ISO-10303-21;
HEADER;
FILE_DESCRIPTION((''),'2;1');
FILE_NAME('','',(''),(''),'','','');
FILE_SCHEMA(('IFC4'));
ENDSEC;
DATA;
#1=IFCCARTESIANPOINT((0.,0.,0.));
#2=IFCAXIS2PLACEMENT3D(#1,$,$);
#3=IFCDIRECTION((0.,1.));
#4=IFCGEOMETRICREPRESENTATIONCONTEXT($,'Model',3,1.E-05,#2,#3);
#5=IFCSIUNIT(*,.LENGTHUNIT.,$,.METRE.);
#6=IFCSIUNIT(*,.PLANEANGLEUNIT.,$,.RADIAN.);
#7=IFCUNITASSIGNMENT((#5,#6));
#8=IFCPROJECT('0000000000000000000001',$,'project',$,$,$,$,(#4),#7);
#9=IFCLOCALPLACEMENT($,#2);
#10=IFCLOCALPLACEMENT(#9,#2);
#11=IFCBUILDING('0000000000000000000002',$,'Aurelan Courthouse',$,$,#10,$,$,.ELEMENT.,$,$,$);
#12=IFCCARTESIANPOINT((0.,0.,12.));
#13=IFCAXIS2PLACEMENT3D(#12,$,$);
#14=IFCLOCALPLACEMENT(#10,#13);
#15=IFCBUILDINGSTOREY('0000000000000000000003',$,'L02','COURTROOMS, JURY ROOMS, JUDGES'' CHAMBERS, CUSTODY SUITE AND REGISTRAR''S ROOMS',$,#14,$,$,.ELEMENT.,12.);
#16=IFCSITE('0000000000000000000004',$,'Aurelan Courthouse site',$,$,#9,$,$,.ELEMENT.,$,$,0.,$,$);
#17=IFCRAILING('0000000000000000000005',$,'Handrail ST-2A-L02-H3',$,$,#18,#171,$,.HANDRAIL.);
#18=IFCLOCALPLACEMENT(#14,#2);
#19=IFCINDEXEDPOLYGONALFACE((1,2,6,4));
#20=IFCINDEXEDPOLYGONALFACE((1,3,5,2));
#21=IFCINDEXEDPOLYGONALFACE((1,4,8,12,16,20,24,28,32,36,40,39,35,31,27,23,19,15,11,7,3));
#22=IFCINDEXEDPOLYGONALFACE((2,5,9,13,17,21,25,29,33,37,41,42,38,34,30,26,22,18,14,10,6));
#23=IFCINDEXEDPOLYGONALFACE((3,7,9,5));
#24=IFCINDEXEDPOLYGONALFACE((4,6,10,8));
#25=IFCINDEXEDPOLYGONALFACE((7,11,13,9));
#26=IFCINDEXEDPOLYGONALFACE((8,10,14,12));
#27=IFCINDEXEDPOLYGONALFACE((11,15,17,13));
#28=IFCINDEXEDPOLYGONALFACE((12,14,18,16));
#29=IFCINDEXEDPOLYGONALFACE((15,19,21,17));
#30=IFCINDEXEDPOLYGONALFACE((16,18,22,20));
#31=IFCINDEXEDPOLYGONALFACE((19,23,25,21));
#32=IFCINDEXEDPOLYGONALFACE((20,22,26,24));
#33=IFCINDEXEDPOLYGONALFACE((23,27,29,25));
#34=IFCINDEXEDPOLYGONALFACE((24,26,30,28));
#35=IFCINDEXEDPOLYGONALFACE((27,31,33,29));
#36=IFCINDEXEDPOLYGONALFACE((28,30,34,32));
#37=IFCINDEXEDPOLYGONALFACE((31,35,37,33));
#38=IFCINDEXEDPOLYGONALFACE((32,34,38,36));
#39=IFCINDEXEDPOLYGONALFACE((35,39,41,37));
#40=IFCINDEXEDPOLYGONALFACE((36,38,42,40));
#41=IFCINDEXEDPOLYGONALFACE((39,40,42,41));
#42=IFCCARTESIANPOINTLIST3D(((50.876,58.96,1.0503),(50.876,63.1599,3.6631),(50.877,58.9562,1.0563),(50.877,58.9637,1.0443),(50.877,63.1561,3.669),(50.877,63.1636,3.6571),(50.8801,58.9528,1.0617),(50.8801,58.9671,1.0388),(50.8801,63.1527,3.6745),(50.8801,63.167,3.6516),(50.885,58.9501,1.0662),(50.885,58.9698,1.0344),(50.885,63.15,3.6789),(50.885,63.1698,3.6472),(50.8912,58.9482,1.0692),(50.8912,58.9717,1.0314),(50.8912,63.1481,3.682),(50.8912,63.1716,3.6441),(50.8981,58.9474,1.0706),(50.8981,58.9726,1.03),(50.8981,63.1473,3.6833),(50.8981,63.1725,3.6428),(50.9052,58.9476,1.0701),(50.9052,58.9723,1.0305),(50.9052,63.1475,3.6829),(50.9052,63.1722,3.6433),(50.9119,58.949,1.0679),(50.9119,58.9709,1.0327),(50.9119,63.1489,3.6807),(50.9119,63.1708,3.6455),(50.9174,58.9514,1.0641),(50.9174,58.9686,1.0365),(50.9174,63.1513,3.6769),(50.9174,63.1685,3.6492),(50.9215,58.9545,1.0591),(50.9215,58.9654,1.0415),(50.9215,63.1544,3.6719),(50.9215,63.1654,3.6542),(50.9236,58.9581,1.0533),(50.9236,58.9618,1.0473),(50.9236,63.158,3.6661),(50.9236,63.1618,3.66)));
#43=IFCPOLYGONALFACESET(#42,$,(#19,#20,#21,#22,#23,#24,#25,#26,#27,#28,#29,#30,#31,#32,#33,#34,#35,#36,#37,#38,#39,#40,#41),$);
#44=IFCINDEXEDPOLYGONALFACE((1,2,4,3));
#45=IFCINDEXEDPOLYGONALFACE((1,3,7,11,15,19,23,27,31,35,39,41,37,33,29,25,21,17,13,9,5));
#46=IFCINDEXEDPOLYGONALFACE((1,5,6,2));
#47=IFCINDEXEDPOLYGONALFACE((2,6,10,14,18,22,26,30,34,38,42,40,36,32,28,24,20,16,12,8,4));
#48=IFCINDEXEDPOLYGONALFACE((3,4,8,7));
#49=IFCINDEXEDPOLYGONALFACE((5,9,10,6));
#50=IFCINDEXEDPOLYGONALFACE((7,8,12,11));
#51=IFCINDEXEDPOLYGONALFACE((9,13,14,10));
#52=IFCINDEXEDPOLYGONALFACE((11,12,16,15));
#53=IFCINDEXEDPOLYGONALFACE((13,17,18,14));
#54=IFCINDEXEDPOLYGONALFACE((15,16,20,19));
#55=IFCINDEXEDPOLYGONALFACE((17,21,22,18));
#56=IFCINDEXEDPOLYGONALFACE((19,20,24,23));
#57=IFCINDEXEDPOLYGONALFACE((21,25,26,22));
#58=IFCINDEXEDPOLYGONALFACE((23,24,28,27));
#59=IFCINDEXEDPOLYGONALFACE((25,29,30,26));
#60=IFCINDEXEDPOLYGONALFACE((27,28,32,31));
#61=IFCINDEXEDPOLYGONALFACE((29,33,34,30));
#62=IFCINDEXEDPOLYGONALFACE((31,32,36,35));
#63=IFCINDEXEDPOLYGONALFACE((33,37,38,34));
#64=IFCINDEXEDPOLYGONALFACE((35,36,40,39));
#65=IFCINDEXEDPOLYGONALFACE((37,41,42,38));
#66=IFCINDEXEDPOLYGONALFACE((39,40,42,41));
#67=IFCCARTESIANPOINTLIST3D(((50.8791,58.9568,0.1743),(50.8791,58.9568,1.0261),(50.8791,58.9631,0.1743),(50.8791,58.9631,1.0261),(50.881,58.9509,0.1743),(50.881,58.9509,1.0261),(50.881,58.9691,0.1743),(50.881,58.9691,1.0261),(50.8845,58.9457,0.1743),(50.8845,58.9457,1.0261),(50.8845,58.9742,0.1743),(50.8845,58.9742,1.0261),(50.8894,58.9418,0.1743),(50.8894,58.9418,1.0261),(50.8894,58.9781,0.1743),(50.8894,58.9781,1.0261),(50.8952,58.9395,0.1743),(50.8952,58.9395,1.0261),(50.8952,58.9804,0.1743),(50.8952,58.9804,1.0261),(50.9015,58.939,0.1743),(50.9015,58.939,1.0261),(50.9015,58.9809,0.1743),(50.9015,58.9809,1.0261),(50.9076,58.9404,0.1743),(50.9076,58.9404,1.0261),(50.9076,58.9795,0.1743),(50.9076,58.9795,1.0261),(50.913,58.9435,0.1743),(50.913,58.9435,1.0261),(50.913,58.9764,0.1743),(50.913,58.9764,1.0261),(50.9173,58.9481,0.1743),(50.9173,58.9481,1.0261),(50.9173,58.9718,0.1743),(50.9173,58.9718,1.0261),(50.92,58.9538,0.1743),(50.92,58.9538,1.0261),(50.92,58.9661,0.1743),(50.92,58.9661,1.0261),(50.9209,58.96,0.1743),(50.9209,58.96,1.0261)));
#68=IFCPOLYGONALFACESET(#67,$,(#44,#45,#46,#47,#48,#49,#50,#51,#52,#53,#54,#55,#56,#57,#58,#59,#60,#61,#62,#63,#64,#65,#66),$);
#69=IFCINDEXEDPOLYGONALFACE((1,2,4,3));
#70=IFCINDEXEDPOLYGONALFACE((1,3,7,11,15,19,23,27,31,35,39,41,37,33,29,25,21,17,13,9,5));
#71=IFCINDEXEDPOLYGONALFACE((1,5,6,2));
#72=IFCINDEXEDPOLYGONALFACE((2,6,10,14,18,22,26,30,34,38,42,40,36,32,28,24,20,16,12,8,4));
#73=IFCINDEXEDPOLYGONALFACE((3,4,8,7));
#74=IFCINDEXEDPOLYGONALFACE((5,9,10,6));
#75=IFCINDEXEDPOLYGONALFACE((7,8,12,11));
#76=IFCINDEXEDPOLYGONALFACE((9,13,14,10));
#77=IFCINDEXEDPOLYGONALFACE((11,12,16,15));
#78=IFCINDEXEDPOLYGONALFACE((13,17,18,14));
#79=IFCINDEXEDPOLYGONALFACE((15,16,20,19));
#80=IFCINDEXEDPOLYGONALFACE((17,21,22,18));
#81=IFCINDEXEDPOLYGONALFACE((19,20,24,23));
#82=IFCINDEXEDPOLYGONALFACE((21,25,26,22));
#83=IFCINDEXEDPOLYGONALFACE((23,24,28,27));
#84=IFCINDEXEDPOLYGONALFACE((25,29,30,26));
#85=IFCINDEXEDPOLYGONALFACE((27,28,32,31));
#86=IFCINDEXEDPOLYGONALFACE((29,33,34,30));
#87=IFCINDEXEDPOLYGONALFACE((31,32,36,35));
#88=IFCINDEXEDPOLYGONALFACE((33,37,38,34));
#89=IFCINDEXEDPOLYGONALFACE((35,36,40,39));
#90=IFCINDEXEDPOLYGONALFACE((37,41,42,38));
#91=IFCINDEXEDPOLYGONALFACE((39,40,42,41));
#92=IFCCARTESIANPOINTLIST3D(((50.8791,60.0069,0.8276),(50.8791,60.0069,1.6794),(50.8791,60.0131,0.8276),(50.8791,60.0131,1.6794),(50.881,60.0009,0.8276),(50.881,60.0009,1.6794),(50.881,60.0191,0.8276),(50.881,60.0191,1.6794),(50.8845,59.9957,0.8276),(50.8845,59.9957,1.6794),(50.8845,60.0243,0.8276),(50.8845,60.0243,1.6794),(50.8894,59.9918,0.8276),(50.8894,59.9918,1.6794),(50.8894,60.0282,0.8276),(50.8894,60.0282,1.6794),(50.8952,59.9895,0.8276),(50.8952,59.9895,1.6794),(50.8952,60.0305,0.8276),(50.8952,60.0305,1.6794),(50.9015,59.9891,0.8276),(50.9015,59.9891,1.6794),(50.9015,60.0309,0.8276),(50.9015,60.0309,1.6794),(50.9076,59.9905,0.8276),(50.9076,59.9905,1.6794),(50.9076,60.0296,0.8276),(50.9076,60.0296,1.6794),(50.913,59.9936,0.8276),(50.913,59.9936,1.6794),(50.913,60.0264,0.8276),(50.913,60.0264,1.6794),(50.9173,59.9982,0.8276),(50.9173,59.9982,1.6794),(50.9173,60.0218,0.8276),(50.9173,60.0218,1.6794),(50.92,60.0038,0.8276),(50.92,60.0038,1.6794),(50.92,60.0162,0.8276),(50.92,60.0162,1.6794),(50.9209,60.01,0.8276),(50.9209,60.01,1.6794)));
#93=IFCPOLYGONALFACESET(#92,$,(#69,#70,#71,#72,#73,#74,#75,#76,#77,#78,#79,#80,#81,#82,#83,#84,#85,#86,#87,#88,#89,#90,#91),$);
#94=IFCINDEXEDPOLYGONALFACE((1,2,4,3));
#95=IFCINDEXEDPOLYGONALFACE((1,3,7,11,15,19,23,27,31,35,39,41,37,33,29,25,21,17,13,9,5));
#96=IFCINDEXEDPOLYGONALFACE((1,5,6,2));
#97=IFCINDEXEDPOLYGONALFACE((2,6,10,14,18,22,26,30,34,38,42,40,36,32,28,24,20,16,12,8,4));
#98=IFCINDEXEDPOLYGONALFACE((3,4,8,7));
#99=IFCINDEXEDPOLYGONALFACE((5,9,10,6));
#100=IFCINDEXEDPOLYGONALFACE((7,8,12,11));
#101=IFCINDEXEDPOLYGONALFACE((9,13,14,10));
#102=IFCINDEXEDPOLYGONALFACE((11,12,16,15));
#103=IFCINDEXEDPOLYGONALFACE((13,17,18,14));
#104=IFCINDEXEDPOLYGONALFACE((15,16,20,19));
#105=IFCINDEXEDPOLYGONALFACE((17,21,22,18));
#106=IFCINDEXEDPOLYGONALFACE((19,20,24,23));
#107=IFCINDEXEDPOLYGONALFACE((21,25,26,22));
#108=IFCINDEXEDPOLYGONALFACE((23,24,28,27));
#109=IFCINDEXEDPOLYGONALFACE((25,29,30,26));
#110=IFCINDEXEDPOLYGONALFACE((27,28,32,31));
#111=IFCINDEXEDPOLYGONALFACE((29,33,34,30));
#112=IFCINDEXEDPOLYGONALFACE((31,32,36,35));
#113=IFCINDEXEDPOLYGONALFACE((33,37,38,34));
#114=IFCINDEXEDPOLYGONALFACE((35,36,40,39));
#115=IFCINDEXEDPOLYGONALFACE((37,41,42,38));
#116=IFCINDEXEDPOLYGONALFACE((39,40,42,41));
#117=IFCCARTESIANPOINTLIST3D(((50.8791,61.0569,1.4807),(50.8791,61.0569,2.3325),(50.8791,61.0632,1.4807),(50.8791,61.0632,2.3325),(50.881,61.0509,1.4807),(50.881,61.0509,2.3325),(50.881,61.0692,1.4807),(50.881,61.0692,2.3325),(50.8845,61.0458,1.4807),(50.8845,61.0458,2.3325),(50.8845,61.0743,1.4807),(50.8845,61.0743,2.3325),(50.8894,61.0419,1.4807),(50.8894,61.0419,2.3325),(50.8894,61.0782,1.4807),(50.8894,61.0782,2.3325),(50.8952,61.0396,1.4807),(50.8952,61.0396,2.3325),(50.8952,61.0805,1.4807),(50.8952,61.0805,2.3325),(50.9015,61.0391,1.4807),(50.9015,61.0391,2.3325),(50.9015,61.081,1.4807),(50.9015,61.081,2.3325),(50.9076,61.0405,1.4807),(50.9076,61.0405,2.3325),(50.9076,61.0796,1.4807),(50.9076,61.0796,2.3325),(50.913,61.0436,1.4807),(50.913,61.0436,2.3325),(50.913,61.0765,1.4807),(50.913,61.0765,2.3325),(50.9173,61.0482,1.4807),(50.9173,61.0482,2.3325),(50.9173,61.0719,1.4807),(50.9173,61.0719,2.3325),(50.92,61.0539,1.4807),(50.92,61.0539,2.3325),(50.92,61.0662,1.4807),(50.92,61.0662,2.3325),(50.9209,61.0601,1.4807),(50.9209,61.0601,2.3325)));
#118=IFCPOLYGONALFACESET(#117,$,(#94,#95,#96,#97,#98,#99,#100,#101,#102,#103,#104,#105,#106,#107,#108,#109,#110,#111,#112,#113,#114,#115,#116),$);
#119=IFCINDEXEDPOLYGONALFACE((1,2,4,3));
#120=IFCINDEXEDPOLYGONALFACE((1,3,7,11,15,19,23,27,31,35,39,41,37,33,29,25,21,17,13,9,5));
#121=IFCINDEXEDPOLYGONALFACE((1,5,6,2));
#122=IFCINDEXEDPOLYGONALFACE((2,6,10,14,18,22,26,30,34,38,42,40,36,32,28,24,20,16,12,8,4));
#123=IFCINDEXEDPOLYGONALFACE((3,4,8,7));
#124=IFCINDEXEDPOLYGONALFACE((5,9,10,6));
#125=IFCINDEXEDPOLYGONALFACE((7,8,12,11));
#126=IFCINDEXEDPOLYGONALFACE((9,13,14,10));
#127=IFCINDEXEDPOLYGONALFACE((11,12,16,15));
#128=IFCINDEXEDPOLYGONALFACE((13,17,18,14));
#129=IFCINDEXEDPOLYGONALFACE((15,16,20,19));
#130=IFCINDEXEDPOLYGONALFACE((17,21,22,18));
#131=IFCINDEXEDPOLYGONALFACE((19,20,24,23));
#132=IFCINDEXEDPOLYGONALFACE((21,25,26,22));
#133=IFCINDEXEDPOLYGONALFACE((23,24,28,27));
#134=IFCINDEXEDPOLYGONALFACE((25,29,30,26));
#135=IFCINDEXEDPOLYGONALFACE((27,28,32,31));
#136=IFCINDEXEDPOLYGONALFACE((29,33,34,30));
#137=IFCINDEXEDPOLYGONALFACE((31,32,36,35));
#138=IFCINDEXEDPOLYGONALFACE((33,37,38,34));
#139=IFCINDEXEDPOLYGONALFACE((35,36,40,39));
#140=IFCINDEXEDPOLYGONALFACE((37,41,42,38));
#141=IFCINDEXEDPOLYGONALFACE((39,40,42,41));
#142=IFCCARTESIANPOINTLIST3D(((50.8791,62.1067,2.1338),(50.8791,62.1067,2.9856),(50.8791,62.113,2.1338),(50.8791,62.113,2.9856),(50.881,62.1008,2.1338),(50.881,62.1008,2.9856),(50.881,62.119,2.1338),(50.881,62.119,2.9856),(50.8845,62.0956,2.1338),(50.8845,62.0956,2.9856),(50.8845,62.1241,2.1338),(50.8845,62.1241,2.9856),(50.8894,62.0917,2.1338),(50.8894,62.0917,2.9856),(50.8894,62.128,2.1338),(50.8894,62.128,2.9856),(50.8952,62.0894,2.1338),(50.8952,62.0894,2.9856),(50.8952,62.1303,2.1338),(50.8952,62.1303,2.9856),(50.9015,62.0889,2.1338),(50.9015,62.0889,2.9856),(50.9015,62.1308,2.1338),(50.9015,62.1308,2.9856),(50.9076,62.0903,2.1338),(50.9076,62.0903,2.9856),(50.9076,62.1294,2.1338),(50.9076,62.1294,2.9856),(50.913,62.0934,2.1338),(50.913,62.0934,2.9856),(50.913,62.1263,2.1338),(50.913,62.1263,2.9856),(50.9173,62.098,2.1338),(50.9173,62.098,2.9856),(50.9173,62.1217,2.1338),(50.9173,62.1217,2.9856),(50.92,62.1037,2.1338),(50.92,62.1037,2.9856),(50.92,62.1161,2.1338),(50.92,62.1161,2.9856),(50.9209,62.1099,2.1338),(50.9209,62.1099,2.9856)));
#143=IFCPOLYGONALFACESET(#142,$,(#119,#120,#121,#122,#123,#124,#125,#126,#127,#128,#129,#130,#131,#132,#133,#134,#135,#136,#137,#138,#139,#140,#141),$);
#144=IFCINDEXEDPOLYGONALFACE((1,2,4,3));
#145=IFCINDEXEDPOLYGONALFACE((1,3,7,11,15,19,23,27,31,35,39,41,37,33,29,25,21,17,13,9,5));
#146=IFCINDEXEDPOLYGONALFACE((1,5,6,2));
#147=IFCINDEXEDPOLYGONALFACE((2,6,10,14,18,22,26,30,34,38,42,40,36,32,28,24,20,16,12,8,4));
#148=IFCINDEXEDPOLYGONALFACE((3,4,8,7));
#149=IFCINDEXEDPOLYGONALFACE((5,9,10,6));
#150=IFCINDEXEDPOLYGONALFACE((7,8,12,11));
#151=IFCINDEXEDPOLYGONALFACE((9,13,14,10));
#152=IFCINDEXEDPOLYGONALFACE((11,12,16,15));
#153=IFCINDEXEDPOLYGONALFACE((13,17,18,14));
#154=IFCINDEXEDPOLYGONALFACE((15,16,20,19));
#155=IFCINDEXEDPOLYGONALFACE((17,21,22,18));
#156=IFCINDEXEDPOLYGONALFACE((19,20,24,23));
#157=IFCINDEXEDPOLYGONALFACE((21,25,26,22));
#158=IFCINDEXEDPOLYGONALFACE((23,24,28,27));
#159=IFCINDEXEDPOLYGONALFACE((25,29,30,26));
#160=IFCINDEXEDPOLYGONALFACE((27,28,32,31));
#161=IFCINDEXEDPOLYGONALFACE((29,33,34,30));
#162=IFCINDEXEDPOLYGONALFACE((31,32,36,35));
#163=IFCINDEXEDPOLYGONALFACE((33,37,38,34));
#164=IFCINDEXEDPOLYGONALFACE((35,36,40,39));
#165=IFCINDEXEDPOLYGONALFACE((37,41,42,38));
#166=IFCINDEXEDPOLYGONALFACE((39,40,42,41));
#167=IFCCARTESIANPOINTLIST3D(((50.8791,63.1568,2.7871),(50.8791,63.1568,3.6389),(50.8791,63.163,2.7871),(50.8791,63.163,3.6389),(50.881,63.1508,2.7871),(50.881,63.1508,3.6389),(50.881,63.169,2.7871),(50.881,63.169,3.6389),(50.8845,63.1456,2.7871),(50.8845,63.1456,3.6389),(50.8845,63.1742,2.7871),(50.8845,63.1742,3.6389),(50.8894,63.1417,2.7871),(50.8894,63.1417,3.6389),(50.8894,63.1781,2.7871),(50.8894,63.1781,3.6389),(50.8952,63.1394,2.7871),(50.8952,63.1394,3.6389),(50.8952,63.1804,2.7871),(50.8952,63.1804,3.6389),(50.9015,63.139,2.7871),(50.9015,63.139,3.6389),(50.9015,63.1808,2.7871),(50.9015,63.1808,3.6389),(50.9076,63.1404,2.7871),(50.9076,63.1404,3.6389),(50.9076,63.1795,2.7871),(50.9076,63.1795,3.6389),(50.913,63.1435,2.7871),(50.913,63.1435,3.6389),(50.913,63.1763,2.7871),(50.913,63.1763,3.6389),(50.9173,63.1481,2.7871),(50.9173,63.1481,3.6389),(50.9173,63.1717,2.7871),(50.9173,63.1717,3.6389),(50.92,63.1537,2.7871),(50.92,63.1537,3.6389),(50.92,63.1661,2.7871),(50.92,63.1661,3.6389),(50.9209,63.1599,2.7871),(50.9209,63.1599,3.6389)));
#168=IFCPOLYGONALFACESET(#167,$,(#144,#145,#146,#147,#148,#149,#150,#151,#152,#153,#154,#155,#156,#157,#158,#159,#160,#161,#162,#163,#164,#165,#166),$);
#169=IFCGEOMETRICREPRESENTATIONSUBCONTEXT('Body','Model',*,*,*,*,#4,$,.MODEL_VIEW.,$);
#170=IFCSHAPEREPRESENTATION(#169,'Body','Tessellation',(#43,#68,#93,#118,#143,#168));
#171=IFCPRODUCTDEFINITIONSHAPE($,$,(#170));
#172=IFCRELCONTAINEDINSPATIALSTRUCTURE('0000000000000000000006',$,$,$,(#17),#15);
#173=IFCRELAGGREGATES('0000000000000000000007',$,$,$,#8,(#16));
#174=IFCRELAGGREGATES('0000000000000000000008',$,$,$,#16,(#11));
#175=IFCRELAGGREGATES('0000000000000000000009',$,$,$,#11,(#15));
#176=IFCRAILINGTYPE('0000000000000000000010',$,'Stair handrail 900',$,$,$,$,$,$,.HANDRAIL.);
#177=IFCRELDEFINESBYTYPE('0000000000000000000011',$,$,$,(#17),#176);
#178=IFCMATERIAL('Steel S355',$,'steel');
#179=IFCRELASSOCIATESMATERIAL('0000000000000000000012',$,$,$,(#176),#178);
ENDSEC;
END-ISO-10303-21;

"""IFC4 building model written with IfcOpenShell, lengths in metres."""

from ifc_helpers import new_model, si_unit, direction, frame, origin, origin_2d, place, context, subcontext, project, spatial, circle, extrude, material, type_object, element, save


model = new_model("IFC4")

# Units and contexts
model_context = context("Model", 3, precision=1e-05, world=origin(), true_north=direction((0.0, 1.0)))
body_context = subcontext(model_context, "Body", "Model", "MODEL_VIEW")
ifc_project = project(units=[si_unit("LENGTHUNIT", "METRE"), si_unit("PLANEANGLEUNIT", "RADIAN")], contexts=[model_context])

# Site, building, storey
site_placement = place(None, origin())
site = spatial("IfcSite", under=ifc_project, at=site_placement, Name="Aurelan Courthouse site", CompositionType="ELEMENT", RefElevation=0.0)
building_placement = place(site_placement, origin())
building = spatial("IfcBuilding", under=site, at=building_placement, Name="Aurelan Courthouse", CompositionType="ELEMENT")
storey_placement = place(building_placement, frame((0.0, 0.0, 12.0)))
storey = spatial("IfcBuildingStorey", under=building, at=storey_placement, Name="L02", Description="COURTROOMS, JURY ROOMS, JUDGES' CHAMBERS, CUSTODY SUITE AND REGISTRAR'S ROOMS", CompositionType="ELEMENT", Elevation=12.0)

# Railing
ifc_material_1 = material(Name="Steel S355", Category="steel")
railing_type_1 = type_object("IfcRailingType", Name="Stair handrail 900", PredefinedType="HANDRAIL", material=ifc_material_1)
for number, where, name in (
    (1, (50.8999, 58.96, 0.1743), "Handrail ST-2A-L02-H3"),
):
    element("IfcRailing", number, at=place(storey_placement, frame(where)), inside=storey, type_object=railing_type_1, Name=name, PredefinedType="HANDRAIL", context=body_context, shape_type="SweptSolid", body=[
        extrude(circle(Radius=0.0239, at=origin_2d()), frame((0.0, 0.0, 0.876), z_axis=(0.0, 0.849103, 0.528228), x_axis=(-1.0, 0.0, 0.0)), (0.0, 0.0, 1.0), 4.9463),
        extrude(circle(Radius=0.021, at=origin_2d()), origin(), (0.0, 0.0, 1.0), 0.8518),
        extrude(circle(Radius=0.021, at=origin_2d()), frame((0.0, 1.05, 0.6533)), (0.0, 0.0, 1.0), 0.8518),
        extrude(circle(Radius=0.021, at=origin_2d()), frame((0.0, 2.1001, 1.3064)), (0.0, 0.0, 1.0), 0.8518),
        extrude(circle(Radius=0.021, at=origin_2d()), frame((0.0, 3.1499, 1.9595)), (0.0, 0.0, 1.0), 0.8518),
        extrude(circle(Radius=0.021, at=origin_2d()), frame((0.0, 4.2, 2.6128)), (0.0, 0.0, 1.0), 0.8518),
    ])

save(model, "model.ifc")
